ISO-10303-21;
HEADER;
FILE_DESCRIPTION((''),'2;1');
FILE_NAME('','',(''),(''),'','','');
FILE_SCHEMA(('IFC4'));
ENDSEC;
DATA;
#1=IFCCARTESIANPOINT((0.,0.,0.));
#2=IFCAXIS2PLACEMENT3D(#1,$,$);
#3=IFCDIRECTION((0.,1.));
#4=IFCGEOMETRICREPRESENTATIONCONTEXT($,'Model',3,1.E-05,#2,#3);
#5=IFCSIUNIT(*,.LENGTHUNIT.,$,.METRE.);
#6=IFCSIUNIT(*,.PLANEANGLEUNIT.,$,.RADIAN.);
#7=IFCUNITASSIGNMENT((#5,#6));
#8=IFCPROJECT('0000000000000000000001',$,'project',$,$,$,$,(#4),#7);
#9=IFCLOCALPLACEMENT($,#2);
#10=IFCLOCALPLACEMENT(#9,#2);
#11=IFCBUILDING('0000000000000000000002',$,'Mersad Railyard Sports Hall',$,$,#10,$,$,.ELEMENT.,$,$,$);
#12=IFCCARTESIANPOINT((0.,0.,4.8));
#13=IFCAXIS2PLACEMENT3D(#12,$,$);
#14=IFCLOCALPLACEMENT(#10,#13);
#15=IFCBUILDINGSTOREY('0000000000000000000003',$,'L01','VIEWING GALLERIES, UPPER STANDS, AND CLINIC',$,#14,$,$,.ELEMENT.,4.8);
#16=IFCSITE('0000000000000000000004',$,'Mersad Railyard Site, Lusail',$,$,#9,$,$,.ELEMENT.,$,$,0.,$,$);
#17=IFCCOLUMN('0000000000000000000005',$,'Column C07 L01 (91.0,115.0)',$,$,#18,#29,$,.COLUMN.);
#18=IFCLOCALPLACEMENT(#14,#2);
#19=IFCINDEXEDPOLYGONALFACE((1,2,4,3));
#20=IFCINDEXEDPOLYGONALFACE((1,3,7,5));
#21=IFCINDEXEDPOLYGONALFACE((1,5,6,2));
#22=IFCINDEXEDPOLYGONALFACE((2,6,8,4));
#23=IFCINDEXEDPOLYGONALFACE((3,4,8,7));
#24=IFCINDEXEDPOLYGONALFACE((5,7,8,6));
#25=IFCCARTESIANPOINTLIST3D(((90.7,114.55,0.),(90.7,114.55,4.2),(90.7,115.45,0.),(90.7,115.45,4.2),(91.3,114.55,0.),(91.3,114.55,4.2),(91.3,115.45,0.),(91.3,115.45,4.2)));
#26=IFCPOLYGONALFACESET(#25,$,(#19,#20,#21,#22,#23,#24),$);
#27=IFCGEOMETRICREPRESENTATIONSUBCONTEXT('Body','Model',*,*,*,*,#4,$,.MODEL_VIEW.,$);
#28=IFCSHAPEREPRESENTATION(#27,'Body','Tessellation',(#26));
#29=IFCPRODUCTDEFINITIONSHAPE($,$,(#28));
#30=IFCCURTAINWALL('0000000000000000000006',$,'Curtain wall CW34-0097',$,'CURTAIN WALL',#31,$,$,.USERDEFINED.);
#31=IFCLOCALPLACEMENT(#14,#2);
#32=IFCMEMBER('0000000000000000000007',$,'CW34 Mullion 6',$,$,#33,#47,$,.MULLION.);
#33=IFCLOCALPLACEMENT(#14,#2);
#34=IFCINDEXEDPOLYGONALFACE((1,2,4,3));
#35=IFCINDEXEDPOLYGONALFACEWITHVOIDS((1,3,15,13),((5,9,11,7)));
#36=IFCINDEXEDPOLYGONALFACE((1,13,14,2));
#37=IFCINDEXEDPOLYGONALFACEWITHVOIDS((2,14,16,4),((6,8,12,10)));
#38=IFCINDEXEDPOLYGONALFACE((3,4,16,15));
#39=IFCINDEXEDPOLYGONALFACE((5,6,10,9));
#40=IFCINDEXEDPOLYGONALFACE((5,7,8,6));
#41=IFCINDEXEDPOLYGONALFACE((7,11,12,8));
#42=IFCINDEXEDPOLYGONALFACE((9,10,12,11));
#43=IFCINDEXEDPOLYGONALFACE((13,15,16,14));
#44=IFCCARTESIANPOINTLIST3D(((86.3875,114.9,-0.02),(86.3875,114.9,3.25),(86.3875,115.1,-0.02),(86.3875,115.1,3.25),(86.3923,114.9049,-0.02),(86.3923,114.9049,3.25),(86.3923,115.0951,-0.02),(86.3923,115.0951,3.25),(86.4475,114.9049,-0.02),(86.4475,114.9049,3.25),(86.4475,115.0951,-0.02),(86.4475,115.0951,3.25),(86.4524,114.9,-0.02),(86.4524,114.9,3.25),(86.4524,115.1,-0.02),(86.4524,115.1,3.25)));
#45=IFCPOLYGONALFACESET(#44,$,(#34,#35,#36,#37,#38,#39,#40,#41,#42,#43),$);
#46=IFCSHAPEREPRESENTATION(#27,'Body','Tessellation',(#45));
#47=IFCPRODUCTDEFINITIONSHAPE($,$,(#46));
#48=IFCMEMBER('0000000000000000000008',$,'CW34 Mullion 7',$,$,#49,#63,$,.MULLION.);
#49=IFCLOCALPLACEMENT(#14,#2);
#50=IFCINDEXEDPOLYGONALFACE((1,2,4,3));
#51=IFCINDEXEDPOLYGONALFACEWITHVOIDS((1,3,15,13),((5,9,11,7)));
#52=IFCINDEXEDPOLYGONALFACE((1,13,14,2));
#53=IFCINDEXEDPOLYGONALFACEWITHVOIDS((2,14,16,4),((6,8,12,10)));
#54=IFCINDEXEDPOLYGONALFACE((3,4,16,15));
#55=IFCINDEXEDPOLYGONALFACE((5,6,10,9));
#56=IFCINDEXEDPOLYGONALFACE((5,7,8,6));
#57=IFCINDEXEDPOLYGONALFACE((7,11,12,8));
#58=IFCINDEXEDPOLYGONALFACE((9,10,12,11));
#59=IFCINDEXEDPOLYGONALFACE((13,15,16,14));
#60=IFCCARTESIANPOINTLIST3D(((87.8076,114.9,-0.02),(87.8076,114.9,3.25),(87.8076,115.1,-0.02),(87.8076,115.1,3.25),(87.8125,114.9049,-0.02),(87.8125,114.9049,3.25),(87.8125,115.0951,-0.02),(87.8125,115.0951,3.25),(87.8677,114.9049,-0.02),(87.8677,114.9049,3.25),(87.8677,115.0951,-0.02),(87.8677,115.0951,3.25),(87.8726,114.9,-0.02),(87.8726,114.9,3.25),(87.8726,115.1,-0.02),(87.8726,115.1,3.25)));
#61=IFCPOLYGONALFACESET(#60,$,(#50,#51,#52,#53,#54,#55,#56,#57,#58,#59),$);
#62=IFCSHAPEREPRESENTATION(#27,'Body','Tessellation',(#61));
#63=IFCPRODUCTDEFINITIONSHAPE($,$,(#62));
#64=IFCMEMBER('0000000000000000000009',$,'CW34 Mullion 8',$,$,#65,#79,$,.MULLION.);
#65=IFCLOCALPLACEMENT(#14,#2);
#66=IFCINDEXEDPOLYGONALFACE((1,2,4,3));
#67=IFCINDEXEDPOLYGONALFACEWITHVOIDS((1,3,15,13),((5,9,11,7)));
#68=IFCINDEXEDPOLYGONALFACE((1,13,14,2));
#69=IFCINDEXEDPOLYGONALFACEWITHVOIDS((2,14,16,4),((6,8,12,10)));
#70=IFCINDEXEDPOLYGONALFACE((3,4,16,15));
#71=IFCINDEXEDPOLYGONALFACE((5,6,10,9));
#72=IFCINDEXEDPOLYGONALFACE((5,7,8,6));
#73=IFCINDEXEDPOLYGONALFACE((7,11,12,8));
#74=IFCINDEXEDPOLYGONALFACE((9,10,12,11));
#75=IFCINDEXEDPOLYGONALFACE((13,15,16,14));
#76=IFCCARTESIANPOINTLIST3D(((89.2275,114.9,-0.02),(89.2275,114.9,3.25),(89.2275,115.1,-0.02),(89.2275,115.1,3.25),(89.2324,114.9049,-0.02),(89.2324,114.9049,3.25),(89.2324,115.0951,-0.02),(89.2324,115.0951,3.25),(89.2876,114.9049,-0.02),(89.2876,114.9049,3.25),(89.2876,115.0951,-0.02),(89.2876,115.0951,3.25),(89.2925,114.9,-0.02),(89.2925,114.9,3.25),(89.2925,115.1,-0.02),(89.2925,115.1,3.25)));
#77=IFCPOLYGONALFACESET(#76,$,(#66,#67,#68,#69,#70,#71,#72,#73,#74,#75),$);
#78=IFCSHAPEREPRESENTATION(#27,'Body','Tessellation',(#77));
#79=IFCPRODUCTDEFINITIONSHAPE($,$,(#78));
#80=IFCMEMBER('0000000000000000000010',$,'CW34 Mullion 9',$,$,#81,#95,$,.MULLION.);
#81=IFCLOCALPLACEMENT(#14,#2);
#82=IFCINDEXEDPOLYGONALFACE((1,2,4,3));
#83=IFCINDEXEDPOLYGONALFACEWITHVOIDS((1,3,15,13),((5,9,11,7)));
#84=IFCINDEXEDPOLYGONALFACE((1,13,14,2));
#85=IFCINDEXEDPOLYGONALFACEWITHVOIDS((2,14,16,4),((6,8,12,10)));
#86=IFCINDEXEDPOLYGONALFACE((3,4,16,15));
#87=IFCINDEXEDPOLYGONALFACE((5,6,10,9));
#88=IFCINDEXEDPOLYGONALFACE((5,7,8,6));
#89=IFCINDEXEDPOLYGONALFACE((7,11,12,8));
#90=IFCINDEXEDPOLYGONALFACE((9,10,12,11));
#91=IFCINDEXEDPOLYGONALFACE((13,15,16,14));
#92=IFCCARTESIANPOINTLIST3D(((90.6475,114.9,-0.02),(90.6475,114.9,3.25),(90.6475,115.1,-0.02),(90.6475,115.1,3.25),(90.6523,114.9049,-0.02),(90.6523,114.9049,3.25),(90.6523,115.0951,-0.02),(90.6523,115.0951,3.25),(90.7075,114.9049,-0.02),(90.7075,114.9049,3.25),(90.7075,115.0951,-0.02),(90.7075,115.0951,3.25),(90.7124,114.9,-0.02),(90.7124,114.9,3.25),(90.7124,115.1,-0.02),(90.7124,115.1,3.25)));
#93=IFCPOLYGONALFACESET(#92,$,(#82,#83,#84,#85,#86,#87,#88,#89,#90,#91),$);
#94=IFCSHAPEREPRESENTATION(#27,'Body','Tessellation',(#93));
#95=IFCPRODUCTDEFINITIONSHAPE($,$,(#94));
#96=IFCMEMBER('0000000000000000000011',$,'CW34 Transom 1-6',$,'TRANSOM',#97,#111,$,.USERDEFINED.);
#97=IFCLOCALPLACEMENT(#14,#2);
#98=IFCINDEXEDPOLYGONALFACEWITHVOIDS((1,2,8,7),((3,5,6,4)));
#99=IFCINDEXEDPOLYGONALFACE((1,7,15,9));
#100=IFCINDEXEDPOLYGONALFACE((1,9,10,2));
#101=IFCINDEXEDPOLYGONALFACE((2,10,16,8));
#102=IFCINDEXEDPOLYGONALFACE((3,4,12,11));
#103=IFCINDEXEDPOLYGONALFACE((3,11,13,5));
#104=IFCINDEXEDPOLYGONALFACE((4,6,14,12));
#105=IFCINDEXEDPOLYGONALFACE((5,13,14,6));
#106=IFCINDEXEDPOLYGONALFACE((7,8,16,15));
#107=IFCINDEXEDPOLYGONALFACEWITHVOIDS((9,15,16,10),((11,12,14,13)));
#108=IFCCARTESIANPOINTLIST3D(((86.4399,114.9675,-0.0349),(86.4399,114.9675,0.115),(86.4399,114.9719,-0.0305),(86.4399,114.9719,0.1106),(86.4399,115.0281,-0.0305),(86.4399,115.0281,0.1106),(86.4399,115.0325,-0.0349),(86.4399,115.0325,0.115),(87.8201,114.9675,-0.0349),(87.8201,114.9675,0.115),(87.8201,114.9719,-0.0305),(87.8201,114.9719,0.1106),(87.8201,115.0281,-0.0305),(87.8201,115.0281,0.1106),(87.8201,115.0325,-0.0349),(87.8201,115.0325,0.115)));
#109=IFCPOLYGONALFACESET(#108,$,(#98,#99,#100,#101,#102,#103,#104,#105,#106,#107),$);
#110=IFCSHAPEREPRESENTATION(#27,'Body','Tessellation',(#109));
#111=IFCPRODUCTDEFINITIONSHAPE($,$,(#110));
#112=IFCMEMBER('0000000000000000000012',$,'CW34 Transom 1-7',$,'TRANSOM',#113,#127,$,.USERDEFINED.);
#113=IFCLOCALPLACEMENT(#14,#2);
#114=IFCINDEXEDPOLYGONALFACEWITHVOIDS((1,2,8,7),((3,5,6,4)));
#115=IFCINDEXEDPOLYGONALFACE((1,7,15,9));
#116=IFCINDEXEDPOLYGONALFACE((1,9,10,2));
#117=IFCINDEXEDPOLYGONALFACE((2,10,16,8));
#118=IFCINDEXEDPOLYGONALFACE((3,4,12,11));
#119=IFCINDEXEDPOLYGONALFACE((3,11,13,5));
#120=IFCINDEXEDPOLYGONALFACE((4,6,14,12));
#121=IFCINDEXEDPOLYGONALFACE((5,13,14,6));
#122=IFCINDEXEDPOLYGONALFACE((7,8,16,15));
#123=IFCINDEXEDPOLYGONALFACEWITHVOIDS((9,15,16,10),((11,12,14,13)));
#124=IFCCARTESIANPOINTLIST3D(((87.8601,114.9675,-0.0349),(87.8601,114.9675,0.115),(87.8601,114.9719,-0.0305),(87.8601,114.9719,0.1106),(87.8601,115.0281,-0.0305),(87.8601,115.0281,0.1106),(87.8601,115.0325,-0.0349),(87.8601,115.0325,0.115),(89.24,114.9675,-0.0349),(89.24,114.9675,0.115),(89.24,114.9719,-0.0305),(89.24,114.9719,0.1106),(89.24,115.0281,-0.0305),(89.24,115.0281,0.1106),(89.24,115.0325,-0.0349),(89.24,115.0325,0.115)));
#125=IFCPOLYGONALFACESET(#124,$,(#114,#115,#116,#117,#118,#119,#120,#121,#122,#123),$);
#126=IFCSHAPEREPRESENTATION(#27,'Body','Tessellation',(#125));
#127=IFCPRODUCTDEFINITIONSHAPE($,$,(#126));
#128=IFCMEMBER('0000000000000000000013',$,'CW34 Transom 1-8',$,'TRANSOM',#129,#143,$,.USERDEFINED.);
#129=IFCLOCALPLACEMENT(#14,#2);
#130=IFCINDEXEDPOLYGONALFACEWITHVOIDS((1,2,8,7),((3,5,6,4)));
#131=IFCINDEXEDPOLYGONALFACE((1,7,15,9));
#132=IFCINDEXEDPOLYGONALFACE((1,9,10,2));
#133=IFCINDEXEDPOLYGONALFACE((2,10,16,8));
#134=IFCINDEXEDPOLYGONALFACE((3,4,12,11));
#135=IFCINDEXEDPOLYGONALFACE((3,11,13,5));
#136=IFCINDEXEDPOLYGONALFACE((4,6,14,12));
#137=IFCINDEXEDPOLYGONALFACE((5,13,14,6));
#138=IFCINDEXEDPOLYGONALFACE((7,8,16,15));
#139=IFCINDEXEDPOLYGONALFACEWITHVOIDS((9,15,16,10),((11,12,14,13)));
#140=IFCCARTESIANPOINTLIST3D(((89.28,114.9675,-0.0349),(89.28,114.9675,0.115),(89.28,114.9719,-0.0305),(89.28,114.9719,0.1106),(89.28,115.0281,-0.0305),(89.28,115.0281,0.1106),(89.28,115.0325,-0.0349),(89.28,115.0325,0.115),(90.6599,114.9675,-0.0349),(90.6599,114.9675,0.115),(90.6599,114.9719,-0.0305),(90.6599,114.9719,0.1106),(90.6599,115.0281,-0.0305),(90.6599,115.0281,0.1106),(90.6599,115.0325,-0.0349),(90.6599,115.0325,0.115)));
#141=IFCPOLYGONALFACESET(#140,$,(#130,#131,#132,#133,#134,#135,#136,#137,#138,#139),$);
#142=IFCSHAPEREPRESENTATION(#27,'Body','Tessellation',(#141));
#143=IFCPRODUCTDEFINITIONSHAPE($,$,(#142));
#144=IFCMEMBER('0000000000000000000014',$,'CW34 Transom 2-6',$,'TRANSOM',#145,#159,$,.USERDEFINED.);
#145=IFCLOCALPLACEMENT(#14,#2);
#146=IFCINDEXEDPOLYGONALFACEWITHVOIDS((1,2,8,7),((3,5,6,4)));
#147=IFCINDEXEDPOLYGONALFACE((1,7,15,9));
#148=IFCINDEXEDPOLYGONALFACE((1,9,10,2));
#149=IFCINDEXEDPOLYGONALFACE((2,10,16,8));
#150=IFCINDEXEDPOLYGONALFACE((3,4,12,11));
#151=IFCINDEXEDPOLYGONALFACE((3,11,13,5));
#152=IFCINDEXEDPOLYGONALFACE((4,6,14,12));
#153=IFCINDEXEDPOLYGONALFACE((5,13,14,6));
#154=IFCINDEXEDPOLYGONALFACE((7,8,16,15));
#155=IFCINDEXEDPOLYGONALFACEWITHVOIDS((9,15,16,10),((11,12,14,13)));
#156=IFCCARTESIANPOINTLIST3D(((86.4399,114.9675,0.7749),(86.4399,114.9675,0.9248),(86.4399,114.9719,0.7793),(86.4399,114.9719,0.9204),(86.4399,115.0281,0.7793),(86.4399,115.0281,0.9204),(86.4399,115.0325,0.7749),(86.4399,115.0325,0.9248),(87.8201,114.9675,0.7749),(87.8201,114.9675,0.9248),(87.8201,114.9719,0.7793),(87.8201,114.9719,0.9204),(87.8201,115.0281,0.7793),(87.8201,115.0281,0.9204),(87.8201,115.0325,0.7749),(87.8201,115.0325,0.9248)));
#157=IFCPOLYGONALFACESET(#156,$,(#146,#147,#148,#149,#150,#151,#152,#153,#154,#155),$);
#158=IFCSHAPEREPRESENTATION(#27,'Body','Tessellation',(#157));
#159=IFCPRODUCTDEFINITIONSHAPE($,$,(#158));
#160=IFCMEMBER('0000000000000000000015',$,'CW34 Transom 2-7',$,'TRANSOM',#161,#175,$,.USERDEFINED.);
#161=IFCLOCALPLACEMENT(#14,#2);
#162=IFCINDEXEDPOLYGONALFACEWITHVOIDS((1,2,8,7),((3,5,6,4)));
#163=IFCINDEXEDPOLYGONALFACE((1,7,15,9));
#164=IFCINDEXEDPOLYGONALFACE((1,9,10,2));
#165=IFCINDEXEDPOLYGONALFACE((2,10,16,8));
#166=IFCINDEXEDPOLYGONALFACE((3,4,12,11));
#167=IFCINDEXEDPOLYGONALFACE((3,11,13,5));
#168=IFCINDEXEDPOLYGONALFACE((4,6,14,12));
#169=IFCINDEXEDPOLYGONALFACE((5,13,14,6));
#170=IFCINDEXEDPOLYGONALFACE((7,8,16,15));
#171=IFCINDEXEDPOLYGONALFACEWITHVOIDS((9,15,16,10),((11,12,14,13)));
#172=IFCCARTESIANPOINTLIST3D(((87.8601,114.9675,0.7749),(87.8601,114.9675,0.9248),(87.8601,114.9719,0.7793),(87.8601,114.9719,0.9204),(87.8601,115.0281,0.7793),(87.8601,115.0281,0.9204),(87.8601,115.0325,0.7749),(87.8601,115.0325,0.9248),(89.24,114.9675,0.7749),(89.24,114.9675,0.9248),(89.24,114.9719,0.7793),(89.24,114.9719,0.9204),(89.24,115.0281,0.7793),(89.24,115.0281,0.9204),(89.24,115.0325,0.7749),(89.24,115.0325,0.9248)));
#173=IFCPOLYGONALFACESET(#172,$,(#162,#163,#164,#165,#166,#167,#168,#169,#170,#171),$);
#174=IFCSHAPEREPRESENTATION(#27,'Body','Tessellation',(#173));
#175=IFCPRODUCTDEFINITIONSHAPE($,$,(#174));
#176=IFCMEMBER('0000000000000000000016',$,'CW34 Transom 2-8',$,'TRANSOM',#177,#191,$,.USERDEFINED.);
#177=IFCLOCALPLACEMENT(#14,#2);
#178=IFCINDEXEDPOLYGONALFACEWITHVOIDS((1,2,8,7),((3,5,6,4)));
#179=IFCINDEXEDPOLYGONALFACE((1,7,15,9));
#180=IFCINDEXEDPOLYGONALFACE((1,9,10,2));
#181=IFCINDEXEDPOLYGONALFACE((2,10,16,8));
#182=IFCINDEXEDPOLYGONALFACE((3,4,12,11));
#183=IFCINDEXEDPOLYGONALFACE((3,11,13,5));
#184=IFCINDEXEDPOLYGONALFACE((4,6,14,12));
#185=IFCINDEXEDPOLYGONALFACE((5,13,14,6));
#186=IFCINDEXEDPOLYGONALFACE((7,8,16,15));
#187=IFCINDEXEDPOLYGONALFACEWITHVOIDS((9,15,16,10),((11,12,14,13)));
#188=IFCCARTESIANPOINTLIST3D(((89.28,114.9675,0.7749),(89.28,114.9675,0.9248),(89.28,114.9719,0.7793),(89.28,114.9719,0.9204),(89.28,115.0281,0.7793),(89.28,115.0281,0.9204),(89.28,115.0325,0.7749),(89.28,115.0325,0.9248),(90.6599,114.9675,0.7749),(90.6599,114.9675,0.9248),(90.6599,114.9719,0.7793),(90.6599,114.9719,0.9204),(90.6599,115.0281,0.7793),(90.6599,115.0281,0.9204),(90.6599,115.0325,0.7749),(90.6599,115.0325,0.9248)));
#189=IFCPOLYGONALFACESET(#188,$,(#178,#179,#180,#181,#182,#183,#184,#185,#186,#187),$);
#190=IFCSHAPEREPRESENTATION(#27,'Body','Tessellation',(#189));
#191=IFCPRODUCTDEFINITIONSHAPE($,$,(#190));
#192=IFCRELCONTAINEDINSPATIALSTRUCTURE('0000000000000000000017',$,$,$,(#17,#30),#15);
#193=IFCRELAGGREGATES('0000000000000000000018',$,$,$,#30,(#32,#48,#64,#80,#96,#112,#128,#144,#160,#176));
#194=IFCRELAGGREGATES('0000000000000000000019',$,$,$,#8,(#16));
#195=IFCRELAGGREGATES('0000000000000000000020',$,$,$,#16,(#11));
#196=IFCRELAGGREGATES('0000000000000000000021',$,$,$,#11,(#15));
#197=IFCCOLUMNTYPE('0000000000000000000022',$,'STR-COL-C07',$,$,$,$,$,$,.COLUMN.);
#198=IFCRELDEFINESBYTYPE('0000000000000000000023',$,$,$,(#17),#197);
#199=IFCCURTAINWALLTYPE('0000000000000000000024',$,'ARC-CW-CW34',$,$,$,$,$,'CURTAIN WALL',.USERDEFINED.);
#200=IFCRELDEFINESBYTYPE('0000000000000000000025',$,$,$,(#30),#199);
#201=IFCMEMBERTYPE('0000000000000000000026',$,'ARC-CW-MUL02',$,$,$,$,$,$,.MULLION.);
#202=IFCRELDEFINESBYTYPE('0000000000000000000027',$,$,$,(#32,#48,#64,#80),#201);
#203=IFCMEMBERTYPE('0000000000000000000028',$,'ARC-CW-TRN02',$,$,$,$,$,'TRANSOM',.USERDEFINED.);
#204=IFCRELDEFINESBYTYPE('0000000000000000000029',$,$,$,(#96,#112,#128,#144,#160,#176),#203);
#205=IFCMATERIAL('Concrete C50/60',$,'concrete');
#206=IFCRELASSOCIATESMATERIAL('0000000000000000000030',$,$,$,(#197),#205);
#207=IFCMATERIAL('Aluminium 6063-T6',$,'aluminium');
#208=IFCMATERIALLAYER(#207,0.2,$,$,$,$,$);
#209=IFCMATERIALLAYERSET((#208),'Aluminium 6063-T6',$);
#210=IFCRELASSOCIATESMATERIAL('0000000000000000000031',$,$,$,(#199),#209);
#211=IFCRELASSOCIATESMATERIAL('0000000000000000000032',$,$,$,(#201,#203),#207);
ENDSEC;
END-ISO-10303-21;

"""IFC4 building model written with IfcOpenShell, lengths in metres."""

from ifc_helpers import new_model, si_unit, direction, frame, origin, origin_2d, place, context, subcontext, project, spatial, rectangle, hollow_rectangle, extrude, material, layer, layer_set, material_profile, profile_set, type_object, element, aggregate, save


model = new_model("IFC4")

# Units and contexts
model_context = context("Model", 3, precision=1e-05, world=origin(), true_north=direction((0.0, 1.0)))
body_context = subcontext(model_context, "Body", "Model", "MODEL_VIEW")
ifc_project = project(units=[si_unit("LENGTHUNIT", "METRE"), si_unit("PLANEANGLEUNIT", "RADIAN")], contexts=[model_context])

# Site, building, storey
site_placement = place(None, origin())
site = spatial("IfcSite", under=ifc_project, at=site_placement, Name="Mersad Railyard Site, Lusail", CompositionType="ELEMENT", RefElevation=0.0)
building_placement = place(site_placement, origin())
building = spatial("IfcBuilding", under=site, at=building_placement, Name="Mersad Railyard Sports Hall", CompositionType="ELEMENT")
storey_placement = place(building_placement, frame((0.0, 0.0, 4.8)))
storey = spatial("IfcBuildingStorey", under=building, at=storey_placement, Name="L01", Description="VIEWING GALLERIES, UPPER STANDS, AND CLINIC", CompositionType="ELEMENT", Elevation=4.8)

# Column
ifc_material_1 = material(Name="Concrete C50/60", Category="concrete")
ifc_material_profile_1 = material_profile(ifc_material_1, rectangle(XDim=0.6001, YDim=0.8999, at=origin_2d()), Name="RC 600x900")
ifc_profile_set_1 = profile_set([ifc_material_profile_1], Name="Concrete C50/60")
column_type = type_object("IfcColumnType", Name="STR-COL-C07", PredefinedType="COLUMN", material=ifc_profile_set_1)
column_placement = place(storey_placement, frame((91.0, 115.0, 0.0), z_axis=(0.0, 0.0, 1.0), x_axis=(1.0, 0.0, 0.0)))
element("IfcColumn", 1, at=column_placement, inside=storey, type_object=column_type, Name="Column C07 L01 (91.0,115.0)", PredefinedType="COLUMN", context=body_context, shape_type="SweptSolid", body=[
    extrude(rectangle(XDim=0.6001, YDim=0.8999, at=origin_2d()), origin(), (0.0, 0.0, 1.0), 4.2),
])

# Curtain wall, members
ifc_material_2 = material(Name="Aluminium 6063-T6", Category="aluminium")
ifc_layer_1 = layer(ifc_material_2, 0.2)
ifc_layer_set_1 = layer_set([ifc_layer_1], Name="Aluminium 6063-T6")
curtain_wall_type = type_object("IfcCurtainWallType", Name="ARC-CW-CW34", ElementType="CURTAIN WALL", PredefinedType="USERDEFINED", material=ifc_layer_set_1)
curtain_wall_placement = place(storey_placement, origin())
curtain_wall = element("IfcCurtainWall", 2, at=curtain_wall_placement, inside=storey, type_object=curtain_wall_type, Name="Curtain wall CW34-0097", ObjectType="CURTAIN WALL", PredefinedType="USERDEFINED")
ifc_material_profile_2 = material_profile(ifc_material_2, hollow_rectangle(XDim=0.0649, YDim=0.2, WallThickness=0.0049, at=origin_2d()), Name="AL MULLION 65x200x5")
ifc_profile_set_2 = profile_set([ifc_material_profile_2], Name="Aluminium 6063-T6")
member_type_1 = type_object("IfcMemberType", Name="ARC-CW-MUL02", PredefinedType="MULLION", material=ifc_profile_set_2)
member_1_placement = place(storey_placement, frame((86.4199, 115.0, -0.02), z_axis=(0.0, 0.0, 1.0), x_axis=(1.0, 0.0, 0.0)))
member_1 = element("IfcMember", 3, at=member_1_placement, type_object=member_type_1, Name="CW34 Mullion 6", PredefinedType="MULLION", context=body_context, shape_type="SweptSolid", body=[
    extrude(hollow_rectangle(XDim=0.0649, YDim=0.2, WallThickness=0.0049, at=origin_2d()), origin(), (0.0, 0.0, 1.0), 3.27),
])
member_2_placement = place(storey_placement, frame((87.8401, 115.0, -0.02), z_axis=(0.0, 0.0, 1.0), x_axis=(1.0, 0.0, 0.0)))
member_2 = element("IfcMember", 4, at=member_2_placement, type_object=member_type_1, Name="CW34 Mullion 7", PredefinedType="MULLION", context=body_context, shape_type="SweptSolid", body=[
    extrude(hollow_rectangle(XDim=0.0649, YDim=0.2, WallThickness=0.0049, at=origin_2d()), origin(), (0.0, 0.0, 1.0), 3.27),
])
member_3_placement = place(storey_placement, frame((89.26, 115.0, -0.02), z_axis=(0.0, 0.0, 1.0), x_axis=(1.0, 0.0, 0.0)))
member_3 = element("IfcMember", 5, at=member_3_placement, type_object=member_type_1, Name="CW34 Mullion 8", PredefinedType="MULLION", context=body_context, shape_type="SweptSolid", body=[
    extrude(hollow_rectangle(XDim=0.0649, YDim=0.2, WallThickness=0.0049, at=origin_2d()), origin(), (0.0, 0.0, 1.0), 3.27),
])
member_4_placement = place(storey_placement, frame((90.6799, 115.0, -0.02), z_axis=(0.0, 0.0, 1.0), x_axis=(1.0, 0.0, 0.0)))
member_4 = element("IfcMember", 6, at=member_4_placement, type_object=member_type_1, Name="CW34 Mullion 9", PredefinedType="MULLION", context=body_context, shape_type="SweptSolid", body=[
    extrude(hollow_rectangle(XDim=0.0649, YDim=0.2, WallThickness=0.0049, at=origin_2d()), origin(), (0.0, 0.0, 1.0), 3.27),
])
ifc_material_profile_3 = material_profile(ifc_material_2, hollow_rectangle(XDim=0.0649, YDim=0.1499, WallThickness=0.0044, at=origin_2d()), Name="AL TRANSOM 65x150x4.5")
ifc_profile_set_3 = profile_set([ifc_material_profile_3], Name="Aluminium 6063-T6")
member_type_2 = type_object("IfcMemberType", Name="ARC-CW-TRN02", ElementType="TRANSOM", PredefinedType="USERDEFINED", material=ifc_profile_set_3)
member_5_placement = place(storey_placement, frame((86.4399, 115.0, 0.04), z_axis=(1.0, 0.0, 0.0), x_axis=(0.0, 1.0, 0.0)))
member_5 = element("IfcMember", 7, at=member_5_placement, type_object=member_type_2, Name="CW34 Transom 1-6", ObjectType="TRANSOM", PredefinedType="USERDEFINED", context=body_context, shape_type="SweptSolid", body=[
    extrude(hollow_rectangle(XDim=0.0649, YDim=0.1499, WallThickness=0.0044, at=origin_2d()), origin(), (0.0, 0.0, 1.0), 1.3801),
])
member_6_placement = place(storey_placement, frame((87.8601, 115.0, 0.04), z_axis=(1.0, 0.0, 0.0), x_axis=(0.0, 1.0, 0.0)))
member_6 = element("IfcMember", 8, at=member_6_placement, type_object=member_type_2, Name="CW34 Transom 1-7", ObjectType="TRANSOM", PredefinedType="USERDEFINED", context=body_context, shape_type="SweptSolid", body=[
    extrude(hollow_rectangle(XDim=0.0649, YDim=0.1499, WallThickness=0.0044, at=origin_2d()), origin(), (0.0, 0.0, 1.0), 1.3799),
])
member_7_placement = place(storey_placement, frame((89.28, 115.0, 0.04), z_axis=(1.0, 0.0, 0.0), x_axis=(0.0, 1.0, 0.0)))
member_7 = element("IfcMember", 9, at=member_7_placement, type_object=member_type_2, Name="CW34 Transom 1-8", ObjectType="TRANSOM", PredefinedType="USERDEFINED", context=body_context, shape_type="SweptSolid", body=[
    extrude(hollow_rectangle(XDim=0.0649, YDim=0.1499, WallThickness=0.0044, at=origin_2d()), origin(), (0.0, 0.0, 1.0), 1.3799),
])
member_8_placement = place(storey_placement, frame((86.4399, 115.0, 0.8499), z_axis=(1.0, 0.0, 0.0), x_axis=(0.0, 1.0, 0.0)))
member_8 = element("IfcMember", 10, at=member_8_placement, type_object=member_type_2, Name="CW34 Transom 2-6", ObjectType="TRANSOM", PredefinedType="USERDEFINED", context=body_context, shape_type="SweptSolid", body=[
    extrude(hollow_rectangle(XDim=0.0649, YDim=0.1499, WallThickness=0.0044, at=origin_2d()), origin(), (0.0, 0.0, 1.0), 1.3801),
])
member_9_placement = place(storey_placement, frame((87.8601, 115.0, 0.8499), z_axis=(1.0, 0.0, 0.0), x_axis=(0.0, 1.0, 0.0)))
member_9 = element("IfcMember", 11, at=member_9_placement, type_object=member_type_2, Name="CW34 Transom 2-7", ObjectType="TRANSOM", PredefinedType="USERDEFINED", context=body_context, shape_type="SweptSolid", body=[
    extrude(hollow_rectangle(XDim=0.0649, YDim=0.1499, WallThickness=0.0044, at=origin_2d()), origin(), (0.0, 0.0, 1.0), 1.3799),
])
member_10_placement = place(storey_placement, frame((89.28, 115.0, 0.8499), z_axis=(1.0, 0.0, 0.0), x_axis=(0.0, 1.0, 0.0)))
member_10 = element("IfcMember", 12, at=member_10_placement, type_object=member_type_2, Name="CW34 Transom 2-8", ObjectType="TRANSOM", PredefinedType="USERDEFINED", context=body_context, shape_type="SweptSolid", body=[
    extrude(hollow_rectangle(XDim=0.0649, YDim=0.1499, WallThickness=0.0044, at=origin_2d()), origin(), (0.0, 0.0, 1.0), 1.3799),
])

aggregate(curtain_wall, [member_1, member_2, member_3, member_4, member_5, member_6, member_7, member_8, member_9, member_10])

save(model, "model.ifc")
